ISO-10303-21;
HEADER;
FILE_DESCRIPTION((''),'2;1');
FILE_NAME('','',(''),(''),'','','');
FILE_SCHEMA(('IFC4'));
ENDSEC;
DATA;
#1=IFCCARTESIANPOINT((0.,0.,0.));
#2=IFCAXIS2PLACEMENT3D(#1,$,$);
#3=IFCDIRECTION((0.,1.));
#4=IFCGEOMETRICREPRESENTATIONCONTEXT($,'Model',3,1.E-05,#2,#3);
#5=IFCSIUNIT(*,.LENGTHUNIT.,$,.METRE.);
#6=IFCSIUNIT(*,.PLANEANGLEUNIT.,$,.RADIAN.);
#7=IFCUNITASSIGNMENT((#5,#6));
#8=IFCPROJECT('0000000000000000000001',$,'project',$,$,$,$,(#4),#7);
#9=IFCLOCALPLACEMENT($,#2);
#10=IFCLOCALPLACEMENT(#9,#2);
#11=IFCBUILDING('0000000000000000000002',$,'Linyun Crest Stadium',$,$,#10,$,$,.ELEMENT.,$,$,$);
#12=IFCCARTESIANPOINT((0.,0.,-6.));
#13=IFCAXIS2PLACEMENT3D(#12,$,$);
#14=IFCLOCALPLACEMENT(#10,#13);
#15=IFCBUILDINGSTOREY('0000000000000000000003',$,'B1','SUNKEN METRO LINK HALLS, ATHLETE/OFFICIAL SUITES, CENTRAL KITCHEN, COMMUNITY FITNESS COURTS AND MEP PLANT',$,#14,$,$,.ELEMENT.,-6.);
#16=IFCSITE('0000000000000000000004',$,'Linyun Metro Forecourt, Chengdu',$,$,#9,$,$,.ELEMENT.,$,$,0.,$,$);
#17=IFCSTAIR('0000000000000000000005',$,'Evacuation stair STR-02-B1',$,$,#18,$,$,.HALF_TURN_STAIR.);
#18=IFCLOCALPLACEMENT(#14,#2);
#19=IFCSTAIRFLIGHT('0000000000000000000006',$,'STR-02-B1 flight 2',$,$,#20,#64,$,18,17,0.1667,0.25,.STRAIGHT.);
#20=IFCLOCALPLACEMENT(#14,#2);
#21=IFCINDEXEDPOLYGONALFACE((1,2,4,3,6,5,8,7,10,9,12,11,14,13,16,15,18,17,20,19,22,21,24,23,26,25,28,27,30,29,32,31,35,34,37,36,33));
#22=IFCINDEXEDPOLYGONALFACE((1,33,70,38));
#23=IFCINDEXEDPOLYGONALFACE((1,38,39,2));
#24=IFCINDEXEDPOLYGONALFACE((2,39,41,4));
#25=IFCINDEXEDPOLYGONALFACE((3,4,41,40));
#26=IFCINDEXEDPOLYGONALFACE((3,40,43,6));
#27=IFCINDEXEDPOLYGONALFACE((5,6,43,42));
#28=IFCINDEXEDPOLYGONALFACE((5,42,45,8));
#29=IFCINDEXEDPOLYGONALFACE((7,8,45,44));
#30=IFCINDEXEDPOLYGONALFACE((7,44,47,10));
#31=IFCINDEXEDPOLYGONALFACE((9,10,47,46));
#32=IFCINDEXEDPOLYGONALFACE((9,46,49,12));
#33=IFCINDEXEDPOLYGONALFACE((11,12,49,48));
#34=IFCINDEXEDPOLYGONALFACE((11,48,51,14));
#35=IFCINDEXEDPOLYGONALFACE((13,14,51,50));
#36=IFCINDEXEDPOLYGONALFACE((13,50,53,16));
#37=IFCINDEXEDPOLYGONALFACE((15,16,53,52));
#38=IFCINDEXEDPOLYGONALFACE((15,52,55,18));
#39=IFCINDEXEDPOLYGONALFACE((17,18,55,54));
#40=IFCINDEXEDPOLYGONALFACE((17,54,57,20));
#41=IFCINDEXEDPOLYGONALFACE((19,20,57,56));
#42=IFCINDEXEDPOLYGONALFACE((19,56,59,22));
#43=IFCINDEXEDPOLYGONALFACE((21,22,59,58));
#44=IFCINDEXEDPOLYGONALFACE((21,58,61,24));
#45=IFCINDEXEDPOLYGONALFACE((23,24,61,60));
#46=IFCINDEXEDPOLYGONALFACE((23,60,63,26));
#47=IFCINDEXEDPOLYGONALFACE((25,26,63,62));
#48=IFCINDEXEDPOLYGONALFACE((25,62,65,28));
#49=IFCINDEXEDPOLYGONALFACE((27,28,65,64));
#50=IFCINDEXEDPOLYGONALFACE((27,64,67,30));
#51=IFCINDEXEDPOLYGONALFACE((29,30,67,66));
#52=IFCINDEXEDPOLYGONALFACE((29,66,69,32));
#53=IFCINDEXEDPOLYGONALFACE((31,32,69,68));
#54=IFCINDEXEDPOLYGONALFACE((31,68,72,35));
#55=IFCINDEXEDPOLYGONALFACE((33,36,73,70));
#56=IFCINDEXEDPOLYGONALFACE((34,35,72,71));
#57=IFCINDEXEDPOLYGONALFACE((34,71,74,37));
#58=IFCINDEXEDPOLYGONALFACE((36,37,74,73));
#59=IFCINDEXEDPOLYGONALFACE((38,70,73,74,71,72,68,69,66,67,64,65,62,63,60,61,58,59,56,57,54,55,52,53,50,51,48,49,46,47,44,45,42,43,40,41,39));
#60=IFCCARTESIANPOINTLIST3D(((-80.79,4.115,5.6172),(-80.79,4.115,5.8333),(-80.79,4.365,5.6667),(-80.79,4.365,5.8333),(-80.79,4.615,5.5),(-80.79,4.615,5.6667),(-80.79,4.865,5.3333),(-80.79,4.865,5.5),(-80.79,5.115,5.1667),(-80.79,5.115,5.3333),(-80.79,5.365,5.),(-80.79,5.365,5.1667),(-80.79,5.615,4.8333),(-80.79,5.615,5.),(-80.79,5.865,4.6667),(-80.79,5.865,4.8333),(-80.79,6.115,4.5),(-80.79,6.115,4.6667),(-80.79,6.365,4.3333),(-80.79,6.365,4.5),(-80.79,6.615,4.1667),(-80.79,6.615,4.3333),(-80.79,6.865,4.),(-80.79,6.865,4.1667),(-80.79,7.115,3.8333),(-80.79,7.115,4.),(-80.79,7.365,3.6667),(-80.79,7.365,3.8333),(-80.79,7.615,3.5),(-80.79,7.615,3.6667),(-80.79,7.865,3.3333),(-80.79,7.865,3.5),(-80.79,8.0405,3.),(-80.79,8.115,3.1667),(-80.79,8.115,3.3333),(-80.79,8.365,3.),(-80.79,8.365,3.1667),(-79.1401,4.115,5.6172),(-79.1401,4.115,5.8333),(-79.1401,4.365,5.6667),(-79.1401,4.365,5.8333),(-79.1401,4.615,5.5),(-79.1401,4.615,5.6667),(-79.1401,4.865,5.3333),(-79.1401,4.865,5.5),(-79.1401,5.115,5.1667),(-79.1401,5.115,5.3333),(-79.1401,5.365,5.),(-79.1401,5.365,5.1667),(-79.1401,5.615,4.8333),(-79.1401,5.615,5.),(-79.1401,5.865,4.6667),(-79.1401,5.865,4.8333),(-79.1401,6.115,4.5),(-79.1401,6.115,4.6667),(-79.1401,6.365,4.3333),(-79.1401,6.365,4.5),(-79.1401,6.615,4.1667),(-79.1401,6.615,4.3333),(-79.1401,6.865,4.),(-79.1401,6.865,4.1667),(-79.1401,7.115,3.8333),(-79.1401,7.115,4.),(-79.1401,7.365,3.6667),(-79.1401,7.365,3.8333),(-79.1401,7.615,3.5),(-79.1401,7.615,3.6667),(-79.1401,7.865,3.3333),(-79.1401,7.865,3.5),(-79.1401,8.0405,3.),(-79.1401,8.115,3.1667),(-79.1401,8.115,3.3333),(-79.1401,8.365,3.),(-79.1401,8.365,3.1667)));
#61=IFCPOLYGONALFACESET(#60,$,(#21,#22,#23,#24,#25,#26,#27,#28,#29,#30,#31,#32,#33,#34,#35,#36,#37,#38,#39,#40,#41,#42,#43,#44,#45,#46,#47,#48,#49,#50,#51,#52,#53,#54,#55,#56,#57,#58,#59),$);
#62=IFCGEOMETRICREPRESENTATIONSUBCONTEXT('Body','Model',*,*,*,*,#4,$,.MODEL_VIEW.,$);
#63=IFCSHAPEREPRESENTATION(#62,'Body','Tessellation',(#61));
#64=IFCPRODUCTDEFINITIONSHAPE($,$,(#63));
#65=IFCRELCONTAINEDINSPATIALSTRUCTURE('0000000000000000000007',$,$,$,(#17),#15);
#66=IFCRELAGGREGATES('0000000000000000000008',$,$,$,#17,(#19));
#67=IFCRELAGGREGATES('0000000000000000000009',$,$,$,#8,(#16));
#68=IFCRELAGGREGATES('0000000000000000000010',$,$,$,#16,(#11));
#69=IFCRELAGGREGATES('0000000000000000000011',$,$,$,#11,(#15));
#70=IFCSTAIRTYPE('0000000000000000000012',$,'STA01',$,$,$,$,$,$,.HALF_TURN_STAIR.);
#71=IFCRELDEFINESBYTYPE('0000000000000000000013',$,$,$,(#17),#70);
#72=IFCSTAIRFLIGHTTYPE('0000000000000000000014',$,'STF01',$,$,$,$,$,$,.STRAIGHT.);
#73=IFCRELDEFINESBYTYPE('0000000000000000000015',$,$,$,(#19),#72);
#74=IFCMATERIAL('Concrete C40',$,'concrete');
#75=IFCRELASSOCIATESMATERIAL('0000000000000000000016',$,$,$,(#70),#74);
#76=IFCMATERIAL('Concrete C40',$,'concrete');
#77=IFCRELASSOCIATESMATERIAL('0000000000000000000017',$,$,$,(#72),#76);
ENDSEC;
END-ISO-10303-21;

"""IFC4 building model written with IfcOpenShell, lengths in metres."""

from ifc_helpers import new_model, si_unit, direction, frame, origin, place, context, subcontext, project, spatial, polyline, outline, extrude, material, type_object, element, aggregate, save


model = new_model("IFC4")

# Units and contexts
model_context = context("Model", 3, precision=1e-05, world=origin(), true_north=direction((0.0, 1.0)))
body_context = subcontext(model_context, "Body", "Model", "MODEL_VIEW")
ifc_project = project(units=[si_unit("LENGTHUNIT", "METRE"), si_unit("PLANEANGLEUNIT", "RADIAN")], contexts=[model_context])

# Site, building, storey
site_placement = place(None, origin())
site = spatial("IfcSite", under=ifc_project, at=site_placement, Name="Linyun Metro Forecourt, Chengdu", CompositionType="ELEMENT", RefElevation=0.0)
building_placement = place(site_placement, origin())
building = spatial("IfcBuilding", under=site, at=building_placement, Name="Linyun Crest Stadium", CompositionType="ELEMENT")
storey_placement = place(building_placement, frame((0.0, 0.0, -6.0)))
storey = spatial("IfcBuildingStorey", under=building, at=storey_placement, Name="B1", Description="SUNKEN METRO LINK HALLS, ATHLETE/OFFICIAL SUITES, CENTRAL KITCHEN, COMMUNITY FITNESS COURTS AND MEP PLANT", CompositionType="ELEMENT", Elevation=-6.0)

# Stair, stair flight
ifc_material_1 = material(Name="Concrete C40", Category="concrete")
stair_type = type_object("IfcStairType", Name="STA01", PredefinedType="HALF_TURN_STAIR", material=ifc_material_1)
stair_placement = place(storey_placement, origin())
stair = element("IfcStair", 1, at=stair_placement, inside=storey, type_object=stair_type, Name="Evacuation stair STR-02-B1", PredefinedType="HALF_TURN_STAIR")
ifc_material_2 = material(Name="Concrete C40", Category="concrete")
stair_flight_type = type_object("IfcStairFlightType", Name="STF01", PredefinedType="STRAIGHT", material=ifc_material_2)
stair_flight_placement = place(storey_placement, frame((-79.9651, 8.365, 3.0), z_axis=(0.0, 0.0, 1.0), x_axis=(0.0, -1.0, 0.0)))
stair_flight = element("IfcStairFlight", 2, at=stair_flight_placement, type_object=stair_flight_type, Name="STR-02-B1 flight 2", NumberOfRisers=18, NumberOfTreads=17, PredefinedType="STRAIGHT", RiserHeight=0.1667, TreadLength=0.25, context=body_context, shape_type="SweptSolid", body=[
    extrude(outline(polyline([(0.0, 0.0), (0.0, 0.1667), (0.25, 0.1667), (0.25, 0.3333), (0.5, 0.3333), (0.5, 0.5), (0.75, 0.5), (0.75, 0.6667), (1.0, 0.6667), (1.0, 0.8333), (1.25, 0.8333), (1.25, 1.0), (1.5, 1.0), (1.5, 1.1667), (1.75, 1.1667), (1.75, 1.3333), (2.0, 1.3333), (2.0, 1.5), (2.25, 1.5), (2.25, 1.6667), (2.5, 1.6667), (2.5, 1.8333), (2.75, 1.8333), (2.75, 2.0), (3.0, 2.0), (3.0, 2.1667), (3.25, 2.1667), (3.25, 2.3333), (3.5, 2.3333), (3.5, 2.5), (3.75, 2.5), (3.75, 2.6667), (4.0, 2.6667), (4.0, 2.8333), (4.25, 2.8333), (4.25, 3.0), (4.25, 2.6172), (0.3245, 0.0), (0.0, 0.0)])), frame((0.0, 0.825, 0.0), z_axis=(0.0, -1.0, 0.0), x_axis=(1.0, 0.0, 0.0)), (0.0, 0.0, 1.0), 1.6499),
])
aggregate(stair, [stair_flight])

save(model, "model.ifc")
